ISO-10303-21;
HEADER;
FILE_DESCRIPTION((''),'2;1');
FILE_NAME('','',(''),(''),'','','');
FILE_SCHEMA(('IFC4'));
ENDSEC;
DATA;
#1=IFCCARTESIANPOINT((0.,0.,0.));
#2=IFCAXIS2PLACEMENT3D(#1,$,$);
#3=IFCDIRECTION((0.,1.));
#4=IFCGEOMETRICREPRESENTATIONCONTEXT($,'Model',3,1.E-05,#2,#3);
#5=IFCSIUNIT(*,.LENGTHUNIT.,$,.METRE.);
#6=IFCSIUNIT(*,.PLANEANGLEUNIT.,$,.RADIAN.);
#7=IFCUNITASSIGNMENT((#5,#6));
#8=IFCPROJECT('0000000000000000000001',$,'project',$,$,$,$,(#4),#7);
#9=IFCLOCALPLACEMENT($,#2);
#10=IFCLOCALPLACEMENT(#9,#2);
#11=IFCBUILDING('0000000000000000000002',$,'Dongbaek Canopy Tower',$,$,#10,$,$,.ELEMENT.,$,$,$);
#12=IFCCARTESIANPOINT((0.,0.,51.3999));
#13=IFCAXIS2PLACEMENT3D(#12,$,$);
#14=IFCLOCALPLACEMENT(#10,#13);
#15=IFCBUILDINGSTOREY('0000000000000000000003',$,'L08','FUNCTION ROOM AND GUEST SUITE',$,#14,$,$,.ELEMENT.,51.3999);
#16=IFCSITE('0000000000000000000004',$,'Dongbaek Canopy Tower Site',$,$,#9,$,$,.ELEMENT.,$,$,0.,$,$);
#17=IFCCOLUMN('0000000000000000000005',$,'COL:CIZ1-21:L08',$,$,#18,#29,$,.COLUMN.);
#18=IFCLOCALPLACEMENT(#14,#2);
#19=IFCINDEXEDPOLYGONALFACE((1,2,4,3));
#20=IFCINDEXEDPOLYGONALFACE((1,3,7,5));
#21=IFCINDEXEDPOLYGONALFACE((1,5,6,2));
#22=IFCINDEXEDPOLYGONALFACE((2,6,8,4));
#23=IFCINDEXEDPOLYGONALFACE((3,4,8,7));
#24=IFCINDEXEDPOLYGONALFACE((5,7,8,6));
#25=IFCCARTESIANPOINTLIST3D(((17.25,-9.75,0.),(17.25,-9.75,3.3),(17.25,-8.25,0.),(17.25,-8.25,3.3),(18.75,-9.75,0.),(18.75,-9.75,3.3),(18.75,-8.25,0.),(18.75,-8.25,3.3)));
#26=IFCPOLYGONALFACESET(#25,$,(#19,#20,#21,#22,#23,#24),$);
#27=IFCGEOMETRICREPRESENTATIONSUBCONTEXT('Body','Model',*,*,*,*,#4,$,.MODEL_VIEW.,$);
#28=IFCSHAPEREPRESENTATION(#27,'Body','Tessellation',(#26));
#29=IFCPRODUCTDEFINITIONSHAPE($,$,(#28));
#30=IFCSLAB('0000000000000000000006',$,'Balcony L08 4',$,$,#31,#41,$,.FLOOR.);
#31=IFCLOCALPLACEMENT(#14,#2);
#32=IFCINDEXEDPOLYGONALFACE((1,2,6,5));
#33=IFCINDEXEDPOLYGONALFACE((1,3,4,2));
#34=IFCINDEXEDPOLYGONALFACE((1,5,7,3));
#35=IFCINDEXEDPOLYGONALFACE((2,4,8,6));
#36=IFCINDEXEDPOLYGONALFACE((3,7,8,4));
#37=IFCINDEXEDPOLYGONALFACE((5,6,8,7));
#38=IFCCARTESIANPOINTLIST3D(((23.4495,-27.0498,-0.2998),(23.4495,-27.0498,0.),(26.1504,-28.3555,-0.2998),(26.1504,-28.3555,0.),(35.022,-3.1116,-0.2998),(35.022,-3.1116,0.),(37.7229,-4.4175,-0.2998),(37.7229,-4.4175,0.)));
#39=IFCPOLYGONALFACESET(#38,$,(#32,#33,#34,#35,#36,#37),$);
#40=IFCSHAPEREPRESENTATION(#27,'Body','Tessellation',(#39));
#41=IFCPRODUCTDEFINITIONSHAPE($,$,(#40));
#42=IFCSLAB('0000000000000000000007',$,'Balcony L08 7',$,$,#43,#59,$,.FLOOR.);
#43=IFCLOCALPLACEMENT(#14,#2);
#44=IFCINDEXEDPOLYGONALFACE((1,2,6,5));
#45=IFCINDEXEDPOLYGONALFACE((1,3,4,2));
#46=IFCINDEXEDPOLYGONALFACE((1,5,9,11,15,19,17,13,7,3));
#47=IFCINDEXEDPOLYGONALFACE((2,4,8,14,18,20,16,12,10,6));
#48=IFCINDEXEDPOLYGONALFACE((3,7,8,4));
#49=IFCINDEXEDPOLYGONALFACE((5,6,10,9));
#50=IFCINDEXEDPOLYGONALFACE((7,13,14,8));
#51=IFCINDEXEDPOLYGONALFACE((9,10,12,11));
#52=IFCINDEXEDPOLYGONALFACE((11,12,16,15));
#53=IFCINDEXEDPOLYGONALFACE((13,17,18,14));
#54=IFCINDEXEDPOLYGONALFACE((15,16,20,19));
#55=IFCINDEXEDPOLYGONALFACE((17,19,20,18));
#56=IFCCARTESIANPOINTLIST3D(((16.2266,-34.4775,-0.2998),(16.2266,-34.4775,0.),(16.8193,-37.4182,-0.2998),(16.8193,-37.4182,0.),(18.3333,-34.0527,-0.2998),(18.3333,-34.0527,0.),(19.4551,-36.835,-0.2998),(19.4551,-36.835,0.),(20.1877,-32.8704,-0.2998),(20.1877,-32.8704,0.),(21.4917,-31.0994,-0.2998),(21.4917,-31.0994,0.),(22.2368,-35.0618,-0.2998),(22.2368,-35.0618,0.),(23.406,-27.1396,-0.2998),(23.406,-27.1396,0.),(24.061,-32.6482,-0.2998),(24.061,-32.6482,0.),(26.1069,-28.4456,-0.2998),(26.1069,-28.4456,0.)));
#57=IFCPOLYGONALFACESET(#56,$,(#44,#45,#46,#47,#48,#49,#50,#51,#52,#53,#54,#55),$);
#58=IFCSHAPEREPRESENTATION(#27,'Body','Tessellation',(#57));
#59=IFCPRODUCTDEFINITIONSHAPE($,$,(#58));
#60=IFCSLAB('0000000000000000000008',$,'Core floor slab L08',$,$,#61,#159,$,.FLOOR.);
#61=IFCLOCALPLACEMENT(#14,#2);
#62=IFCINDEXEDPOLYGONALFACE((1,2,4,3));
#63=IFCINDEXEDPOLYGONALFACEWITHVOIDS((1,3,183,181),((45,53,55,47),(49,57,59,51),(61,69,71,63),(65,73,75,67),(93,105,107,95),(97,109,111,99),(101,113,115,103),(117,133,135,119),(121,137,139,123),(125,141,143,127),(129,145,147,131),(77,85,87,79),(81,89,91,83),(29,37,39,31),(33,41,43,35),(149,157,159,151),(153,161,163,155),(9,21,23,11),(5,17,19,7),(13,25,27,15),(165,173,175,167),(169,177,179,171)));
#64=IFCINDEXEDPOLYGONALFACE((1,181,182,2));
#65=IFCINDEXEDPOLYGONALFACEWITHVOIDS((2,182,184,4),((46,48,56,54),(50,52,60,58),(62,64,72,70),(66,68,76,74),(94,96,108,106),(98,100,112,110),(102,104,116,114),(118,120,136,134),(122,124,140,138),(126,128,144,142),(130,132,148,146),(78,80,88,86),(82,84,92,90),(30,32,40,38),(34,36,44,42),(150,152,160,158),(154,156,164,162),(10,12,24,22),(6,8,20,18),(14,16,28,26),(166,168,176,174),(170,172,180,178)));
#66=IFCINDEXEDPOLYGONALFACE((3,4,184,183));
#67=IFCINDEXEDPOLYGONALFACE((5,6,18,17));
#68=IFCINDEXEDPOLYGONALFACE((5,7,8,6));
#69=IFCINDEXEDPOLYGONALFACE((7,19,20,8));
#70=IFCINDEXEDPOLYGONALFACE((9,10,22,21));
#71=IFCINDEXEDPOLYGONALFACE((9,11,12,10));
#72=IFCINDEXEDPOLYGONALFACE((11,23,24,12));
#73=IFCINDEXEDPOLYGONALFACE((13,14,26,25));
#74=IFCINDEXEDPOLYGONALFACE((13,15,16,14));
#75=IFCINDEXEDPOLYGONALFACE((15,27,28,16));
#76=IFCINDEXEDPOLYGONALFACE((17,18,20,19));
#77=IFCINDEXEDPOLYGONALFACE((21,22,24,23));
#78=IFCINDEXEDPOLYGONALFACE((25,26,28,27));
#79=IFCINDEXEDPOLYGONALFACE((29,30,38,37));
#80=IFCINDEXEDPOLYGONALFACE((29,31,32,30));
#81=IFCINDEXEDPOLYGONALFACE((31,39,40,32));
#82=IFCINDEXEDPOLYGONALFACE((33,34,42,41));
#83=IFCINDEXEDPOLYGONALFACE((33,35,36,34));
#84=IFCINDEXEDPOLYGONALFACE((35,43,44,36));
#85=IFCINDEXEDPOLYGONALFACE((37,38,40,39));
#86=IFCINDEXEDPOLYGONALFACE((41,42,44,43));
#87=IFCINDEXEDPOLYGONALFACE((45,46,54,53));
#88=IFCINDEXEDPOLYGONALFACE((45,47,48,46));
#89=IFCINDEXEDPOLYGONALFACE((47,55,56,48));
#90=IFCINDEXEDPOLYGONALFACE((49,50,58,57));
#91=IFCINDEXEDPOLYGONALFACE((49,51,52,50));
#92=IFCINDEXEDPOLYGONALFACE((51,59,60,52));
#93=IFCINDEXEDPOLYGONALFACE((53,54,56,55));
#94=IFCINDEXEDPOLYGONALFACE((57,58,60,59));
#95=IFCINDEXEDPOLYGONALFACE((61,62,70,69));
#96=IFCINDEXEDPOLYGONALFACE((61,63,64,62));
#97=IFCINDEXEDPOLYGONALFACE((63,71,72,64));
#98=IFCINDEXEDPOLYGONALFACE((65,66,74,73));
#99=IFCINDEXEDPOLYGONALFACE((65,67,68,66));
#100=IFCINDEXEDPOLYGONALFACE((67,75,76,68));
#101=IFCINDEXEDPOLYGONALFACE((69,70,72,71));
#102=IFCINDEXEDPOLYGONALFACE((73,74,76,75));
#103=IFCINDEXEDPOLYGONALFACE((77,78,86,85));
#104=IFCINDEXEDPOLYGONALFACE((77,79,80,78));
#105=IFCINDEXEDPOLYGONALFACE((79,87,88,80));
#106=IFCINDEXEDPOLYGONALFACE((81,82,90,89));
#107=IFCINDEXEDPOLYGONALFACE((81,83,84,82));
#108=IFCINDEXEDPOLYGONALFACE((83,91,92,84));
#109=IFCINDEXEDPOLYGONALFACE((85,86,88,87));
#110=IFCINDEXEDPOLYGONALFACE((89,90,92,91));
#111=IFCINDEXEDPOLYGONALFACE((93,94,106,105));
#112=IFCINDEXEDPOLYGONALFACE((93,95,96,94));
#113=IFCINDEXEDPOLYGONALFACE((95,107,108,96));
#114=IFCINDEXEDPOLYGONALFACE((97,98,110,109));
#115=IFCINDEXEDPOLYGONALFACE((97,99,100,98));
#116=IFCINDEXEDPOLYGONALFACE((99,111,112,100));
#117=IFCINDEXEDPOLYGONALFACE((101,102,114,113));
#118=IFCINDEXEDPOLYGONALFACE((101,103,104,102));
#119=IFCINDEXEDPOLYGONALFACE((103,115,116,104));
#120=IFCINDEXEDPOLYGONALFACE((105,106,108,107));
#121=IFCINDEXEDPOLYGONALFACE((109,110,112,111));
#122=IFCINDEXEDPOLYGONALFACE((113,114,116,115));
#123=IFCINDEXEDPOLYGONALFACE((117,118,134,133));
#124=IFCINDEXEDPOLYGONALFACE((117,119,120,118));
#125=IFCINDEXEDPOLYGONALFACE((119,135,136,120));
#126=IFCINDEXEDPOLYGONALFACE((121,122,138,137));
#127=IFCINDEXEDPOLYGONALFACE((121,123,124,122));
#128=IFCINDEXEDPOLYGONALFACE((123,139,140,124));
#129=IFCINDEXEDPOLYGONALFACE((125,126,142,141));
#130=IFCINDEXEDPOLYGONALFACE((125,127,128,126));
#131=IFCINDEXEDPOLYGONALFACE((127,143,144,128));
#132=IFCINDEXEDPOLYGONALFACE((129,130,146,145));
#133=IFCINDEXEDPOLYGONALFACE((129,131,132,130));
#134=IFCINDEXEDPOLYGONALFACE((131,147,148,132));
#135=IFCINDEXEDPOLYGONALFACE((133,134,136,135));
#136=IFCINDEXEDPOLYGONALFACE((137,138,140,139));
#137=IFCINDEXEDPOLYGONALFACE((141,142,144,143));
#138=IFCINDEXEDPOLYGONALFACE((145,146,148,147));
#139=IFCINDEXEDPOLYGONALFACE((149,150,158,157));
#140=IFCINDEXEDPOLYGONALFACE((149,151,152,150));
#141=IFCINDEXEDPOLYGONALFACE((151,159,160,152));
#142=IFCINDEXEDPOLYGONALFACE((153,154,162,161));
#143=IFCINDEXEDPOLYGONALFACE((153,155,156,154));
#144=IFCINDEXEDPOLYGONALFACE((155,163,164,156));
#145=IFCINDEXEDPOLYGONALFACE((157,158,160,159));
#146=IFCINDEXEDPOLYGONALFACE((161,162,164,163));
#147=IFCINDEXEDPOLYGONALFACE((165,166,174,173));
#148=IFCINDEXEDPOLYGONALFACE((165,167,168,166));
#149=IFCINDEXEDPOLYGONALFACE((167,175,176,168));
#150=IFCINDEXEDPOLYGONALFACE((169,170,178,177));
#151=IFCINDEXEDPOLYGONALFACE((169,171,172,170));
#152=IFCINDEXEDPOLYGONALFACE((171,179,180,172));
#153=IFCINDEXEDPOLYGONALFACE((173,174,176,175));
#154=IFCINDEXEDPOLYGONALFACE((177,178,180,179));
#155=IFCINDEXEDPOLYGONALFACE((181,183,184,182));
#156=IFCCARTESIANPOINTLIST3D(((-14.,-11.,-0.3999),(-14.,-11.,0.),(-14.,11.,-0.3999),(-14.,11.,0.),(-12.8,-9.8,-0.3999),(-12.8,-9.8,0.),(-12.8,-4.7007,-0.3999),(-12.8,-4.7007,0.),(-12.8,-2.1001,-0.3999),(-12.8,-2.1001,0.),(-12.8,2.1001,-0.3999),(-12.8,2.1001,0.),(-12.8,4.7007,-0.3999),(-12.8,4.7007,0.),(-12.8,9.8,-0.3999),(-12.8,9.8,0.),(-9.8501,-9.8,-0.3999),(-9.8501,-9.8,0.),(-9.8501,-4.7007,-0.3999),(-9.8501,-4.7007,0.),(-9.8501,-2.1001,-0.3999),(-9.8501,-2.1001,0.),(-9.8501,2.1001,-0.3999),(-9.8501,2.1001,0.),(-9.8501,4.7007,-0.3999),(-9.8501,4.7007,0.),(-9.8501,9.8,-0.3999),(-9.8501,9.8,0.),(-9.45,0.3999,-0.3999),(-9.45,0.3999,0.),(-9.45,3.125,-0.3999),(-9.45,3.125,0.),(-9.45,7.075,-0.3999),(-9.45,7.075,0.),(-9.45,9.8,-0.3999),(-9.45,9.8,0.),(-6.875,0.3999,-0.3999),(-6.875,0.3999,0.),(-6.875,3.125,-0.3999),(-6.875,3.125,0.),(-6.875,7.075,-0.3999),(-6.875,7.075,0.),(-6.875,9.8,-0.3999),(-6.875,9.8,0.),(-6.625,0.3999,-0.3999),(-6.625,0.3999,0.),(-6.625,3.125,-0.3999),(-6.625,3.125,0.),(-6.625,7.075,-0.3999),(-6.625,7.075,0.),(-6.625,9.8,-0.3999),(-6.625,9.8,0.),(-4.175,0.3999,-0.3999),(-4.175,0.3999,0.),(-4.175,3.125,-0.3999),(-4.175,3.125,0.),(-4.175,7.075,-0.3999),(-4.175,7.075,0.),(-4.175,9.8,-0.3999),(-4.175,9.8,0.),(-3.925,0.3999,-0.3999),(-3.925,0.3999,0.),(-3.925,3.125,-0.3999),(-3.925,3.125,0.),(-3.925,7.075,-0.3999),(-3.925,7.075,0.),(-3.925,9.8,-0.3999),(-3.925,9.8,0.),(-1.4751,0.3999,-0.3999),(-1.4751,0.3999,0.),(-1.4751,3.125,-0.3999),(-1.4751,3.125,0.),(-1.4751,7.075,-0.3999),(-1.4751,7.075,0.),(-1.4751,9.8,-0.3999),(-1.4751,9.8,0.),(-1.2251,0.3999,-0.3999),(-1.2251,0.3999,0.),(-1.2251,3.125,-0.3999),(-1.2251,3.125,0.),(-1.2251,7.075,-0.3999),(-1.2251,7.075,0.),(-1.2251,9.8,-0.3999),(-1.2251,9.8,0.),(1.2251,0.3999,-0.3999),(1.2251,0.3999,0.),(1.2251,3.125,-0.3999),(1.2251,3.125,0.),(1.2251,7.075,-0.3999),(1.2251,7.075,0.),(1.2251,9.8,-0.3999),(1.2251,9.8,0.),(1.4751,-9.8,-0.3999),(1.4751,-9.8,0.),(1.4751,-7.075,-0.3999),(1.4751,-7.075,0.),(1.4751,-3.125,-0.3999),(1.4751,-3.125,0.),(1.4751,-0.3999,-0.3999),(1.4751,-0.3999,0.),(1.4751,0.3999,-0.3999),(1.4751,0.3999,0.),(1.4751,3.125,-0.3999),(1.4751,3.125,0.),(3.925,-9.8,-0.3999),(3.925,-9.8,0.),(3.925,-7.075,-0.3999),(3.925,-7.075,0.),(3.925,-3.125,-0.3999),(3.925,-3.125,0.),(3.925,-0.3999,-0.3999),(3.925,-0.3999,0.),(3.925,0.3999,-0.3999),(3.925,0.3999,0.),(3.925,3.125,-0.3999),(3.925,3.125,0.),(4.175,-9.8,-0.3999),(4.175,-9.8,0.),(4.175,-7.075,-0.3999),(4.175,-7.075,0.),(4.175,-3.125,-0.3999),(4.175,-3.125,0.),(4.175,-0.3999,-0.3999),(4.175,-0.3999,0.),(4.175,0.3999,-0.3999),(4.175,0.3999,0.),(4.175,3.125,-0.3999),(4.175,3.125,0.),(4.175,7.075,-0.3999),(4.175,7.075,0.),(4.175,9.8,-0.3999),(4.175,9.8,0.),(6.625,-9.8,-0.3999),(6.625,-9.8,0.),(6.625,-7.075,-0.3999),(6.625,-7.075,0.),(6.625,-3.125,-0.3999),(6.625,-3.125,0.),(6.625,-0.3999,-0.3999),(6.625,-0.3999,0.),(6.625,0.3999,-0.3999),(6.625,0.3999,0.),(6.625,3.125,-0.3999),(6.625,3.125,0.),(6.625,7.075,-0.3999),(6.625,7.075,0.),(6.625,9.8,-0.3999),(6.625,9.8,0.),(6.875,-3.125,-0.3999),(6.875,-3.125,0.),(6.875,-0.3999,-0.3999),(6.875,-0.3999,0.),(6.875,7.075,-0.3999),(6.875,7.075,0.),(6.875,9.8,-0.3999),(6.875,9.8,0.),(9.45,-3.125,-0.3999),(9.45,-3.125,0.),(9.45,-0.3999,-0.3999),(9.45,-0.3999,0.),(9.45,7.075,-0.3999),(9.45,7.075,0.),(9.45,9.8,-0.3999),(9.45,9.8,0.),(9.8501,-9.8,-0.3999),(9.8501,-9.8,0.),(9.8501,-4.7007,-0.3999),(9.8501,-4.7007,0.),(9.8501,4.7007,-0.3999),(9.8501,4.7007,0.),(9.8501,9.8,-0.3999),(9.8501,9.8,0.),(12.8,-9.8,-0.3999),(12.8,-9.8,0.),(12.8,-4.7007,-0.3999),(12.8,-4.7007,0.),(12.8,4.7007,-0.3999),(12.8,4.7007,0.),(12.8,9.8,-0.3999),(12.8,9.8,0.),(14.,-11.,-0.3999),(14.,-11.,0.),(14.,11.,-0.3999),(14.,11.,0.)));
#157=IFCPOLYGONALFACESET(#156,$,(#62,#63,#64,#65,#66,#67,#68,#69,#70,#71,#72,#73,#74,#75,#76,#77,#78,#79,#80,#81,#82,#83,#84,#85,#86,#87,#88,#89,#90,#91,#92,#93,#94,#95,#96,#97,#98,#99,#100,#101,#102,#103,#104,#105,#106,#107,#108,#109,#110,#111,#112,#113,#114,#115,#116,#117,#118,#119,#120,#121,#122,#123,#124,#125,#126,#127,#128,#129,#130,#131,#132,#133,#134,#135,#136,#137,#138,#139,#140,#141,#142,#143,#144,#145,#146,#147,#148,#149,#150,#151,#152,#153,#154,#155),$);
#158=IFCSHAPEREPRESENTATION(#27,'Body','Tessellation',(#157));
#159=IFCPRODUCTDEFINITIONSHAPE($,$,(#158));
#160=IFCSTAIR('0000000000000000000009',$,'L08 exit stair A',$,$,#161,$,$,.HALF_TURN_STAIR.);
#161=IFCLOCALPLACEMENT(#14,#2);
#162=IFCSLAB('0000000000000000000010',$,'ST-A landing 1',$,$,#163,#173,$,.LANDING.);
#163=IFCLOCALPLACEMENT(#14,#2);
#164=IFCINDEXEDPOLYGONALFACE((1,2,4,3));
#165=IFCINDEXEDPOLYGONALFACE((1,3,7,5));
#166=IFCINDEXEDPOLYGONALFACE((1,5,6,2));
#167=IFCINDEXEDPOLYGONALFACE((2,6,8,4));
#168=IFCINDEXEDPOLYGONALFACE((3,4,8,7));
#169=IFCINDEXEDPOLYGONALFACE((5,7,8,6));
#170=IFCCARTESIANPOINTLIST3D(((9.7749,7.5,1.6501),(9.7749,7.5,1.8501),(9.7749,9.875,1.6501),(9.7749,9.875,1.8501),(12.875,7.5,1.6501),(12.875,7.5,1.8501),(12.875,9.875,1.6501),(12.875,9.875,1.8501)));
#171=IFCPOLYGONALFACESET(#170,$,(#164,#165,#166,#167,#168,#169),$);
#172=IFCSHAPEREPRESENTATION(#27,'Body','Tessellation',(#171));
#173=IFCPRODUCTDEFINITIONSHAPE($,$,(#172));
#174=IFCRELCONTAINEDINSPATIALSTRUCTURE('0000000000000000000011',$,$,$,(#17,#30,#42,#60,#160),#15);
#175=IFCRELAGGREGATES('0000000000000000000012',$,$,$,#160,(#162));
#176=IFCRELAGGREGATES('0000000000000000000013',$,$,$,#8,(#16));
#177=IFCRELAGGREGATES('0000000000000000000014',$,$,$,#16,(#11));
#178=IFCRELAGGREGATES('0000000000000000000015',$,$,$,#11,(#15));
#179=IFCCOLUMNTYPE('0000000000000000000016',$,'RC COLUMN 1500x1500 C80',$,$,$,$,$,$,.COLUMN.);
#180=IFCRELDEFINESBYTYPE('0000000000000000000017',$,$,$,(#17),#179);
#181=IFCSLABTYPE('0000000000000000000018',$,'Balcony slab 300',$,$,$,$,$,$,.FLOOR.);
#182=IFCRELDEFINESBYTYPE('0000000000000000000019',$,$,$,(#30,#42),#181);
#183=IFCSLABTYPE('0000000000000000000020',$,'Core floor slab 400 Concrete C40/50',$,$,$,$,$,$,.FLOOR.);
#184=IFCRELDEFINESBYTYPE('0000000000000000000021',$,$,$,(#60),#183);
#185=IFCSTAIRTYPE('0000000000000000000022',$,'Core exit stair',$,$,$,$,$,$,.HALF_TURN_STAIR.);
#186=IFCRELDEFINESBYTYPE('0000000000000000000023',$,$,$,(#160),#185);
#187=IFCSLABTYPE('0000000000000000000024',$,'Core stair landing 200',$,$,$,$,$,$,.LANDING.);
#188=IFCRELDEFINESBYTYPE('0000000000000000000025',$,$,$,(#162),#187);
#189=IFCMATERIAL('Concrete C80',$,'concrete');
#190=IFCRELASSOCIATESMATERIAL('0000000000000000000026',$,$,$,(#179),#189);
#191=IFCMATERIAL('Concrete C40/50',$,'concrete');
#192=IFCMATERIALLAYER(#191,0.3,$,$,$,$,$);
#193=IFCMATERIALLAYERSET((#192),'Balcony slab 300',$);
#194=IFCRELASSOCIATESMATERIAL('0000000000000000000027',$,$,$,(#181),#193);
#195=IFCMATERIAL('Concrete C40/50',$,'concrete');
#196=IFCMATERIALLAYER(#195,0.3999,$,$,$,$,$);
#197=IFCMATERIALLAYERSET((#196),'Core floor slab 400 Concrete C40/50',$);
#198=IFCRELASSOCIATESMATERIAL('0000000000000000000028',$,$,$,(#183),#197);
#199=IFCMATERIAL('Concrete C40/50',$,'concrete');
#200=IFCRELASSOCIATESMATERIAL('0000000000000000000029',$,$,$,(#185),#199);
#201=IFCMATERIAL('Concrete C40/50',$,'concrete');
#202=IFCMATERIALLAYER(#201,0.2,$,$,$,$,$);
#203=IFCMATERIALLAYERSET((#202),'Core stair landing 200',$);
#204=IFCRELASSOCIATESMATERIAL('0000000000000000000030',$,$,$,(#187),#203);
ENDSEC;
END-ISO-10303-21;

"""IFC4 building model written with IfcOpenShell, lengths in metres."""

from ifc_helpers import new_model, si_unit, direction, frame, origin, origin_2d, place, context, subcontext, project, spatial, polyline, rectangle, outline, extrude, material, layer, layer_set, material_profile, profile_set, type_object, element, aggregate, save


model = new_model("IFC4")

# Units and contexts
model_context = context("Model", 3, precision=1e-05, world=origin(), true_north=direction((0.0, 1.0)))
body_context = subcontext(model_context, "Body", "Model", "MODEL_VIEW")
ifc_project = project(units=[si_unit("LENGTHUNIT", "METRE"), si_unit("PLANEANGLEUNIT", "RADIAN")], contexts=[model_context])

# Site, building, storey
site_placement = place(None, origin())
site = spatial("IfcSite", under=ifc_project, at=site_placement, Name="Dongbaek Canopy Tower Site", CompositionType="ELEMENT", RefElevation=0.0)
building_placement = place(site_placement, origin())
building = spatial("IfcBuilding", under=site, at=building_placement, Name="Dongbaek Canopy Tower", CompositionType="ELEMENT")
storey_placement = place(building_placement, frame((0.0, 0.0, 51.3999)))
storey = spatial("IfcBuildingStorey", under=building, at=storey_placement, Name="L08", Description="FUNCTION ROOM AND GUEST SUITE", CompositionType="ELEMENT", Elevation=51.3999)

# Column
ifc_material_1 = material(Name="Concrete C80", Category="concrete")
ifc_material_profile = material_profile(ifc_material_1, rectangle(XDim=1.5, YDim=1.5, at=origin_2d()), Name="RC COLUMN 1500x1500 C80")
ifc_profile_set = profile_set([ifc_material_profile], Name="Concrete C80")
column_type = type_object("IfcColumnType", Name="RC COLUMN 1500x1500 C80", PredefinedType="COLUMN", material=ifc_profile_set)
column_placement = place(storey_placement, frame((18.0, -9.0, 0.0), z_axis=(0.0, 0.0, 1.0), x_axis=(1.0, 0.0, 0.0)))
element("IfcColumn", 1, at=column_placement, inside=storey, type_object=column_type, Name="COL:CIZ1-21:L08", PredefinedType="COLUMN", context=body_context, shape_type="SweptSolid", body=[
    extrude(rectangle(XDim=1.5, YDim=1.5, at=origin_2d()), origin(), (0.0, 0.0, 1.0), 3.3),
])

# Slabs
ifc_material_2 = material(Name="Concrete C40/50", Category="concrete")
ifc_layer_1 = layer(ifc_material_2, 0.3)
ifc_layer_set_1 = layer_set([ifc_layer_1], Name="Balcony slab 300")
slab_type_1 = type_object("IfcSlabType", Name="Balcony slab 300", PredefinedType="FLOOR", material=ifc_layer_set_1)
slab_1_placement = place(storey_placement, frame((0.0, 0.0, -0.2998)))
element("IfcSlab", 2, at=slab_1_placement, inside=storey, type_object=slab_type_1, Name="Balcony L08 4", PredefinedType="FLOOR", context=body_context, shape_type="SweptSolid", body=[
    extrude(outline(polyline([(23.4495, -27.0498), (35.022, -3.1116), (37.7229, -4.4175), (26.1504, -28.3555), (23.4495, -27.0498)])), origin(), (0.0, 0.0, 1.0), 0.2998),
])
slab_2_placement = place(storey_placement, frame((0.0, 0.0, -0.2998)))
element("IfcSlab", 3, at=slab_2_placement, inside=storey, type_object=slab_type_1, Name="Balcony L08 7", PredefinedType="FLOOR", context=body_context, shape_type="SweptSolid", body=[
    extrude(outline(polyline([(16.2266, -34.4775), (18.3333, -34.0527), (20.1877, -32.8704), (21.4917, -31.0994), (23.406, -27.1396), (26.1069, -28.4456), (24.061, -32.6482), (22.2368, -35.0618), (19.4551, -36.835), (16.8193, -37.4182), (16.2266, -34.4775)])), origin(), (0.0, 0.0, 1.0), 0.2998),
])
ifc_material_3 = material(Name="Concrete C40/50", Category="concrete")
ifc_layer_2 = layer(ifc_material_3, 0.3999)
ifc_layer_set_2 = layer_set([ifc_layer_2], Name="Core floor slab 400 Concrete C40/50")
slab_type_2 = type_object("IfcSlabType", Name="Core floor slab 400 Concrete C40/50", PredefinedType="FLOOR", material=ifc_layer_set_2)
slab_3_placement = place(storey_placement, frame((0.0, 0.0, -0.3999)))
element("IfcSlab", 4, at=slab_3_placement, inside=storey, type_object=slab_type_2, Name="Core floor slab L08", PredefinedType="FLOOR", context=body_context, shape_type="SweptSolid", body=[
    extrude(outline(polyline([(14.0, -11.0), (14.0, 11.0), (-14.0, 11.0), (-14.0, -11.0), (14.0, -11.0)]), holes=[polyline([(-12.8, 2.1001), (-9.8501, 2.1001), (-9.8501, -2.1001), (-12.8, -2.1001), (-12.8, 2.1001)]), polyline([(-6.875, 9.8), (-6.875, 7.075), (-9.45, 7.075), (-9.45, 9.8), (-6.875, 9.8)]), polyline([(-4.175, 9.8), (-4.175, 7.075), (-6.625, 7.075), (-6.625, 9.8), (-4.175, 9.8)]), polyline([(-1.4751, 9.8), (-1.4751, 7.075), (-3.925, 7.075), (-3.925, 9.8), (-1.4751, 9.8)]), polyline([(1.2251, 9.8), (1.2251, 7.075), (-1.2251, 7.075), (-1.2251, 9.8), (1.2251, 9.8)]), polyline([(6.625, 9.8), (6.625, 7.075), (4.175, 7.075), (4.175, 9.8), (6.625, 9.8)]), polyline([(9.45, 7.075), (6.875, 7.075), (6.875, 9.8), (9.45, 9.8), (9.45, 7.075)]), polyline([(-9.45, 3.125), (-6.875, 3.125), (-6.875, 0.3999), (-9.45, 0.3999), (-9.45, 3.125)]), polyline([(-6.625, 3.125), (-4.175, 3.125), (-4.175, 0.3999), (-6.625, 0.3999), (-6.625, 3.125)]), polyline([(-3.925, 3.125), (-1.4751, 3.125), (-1.4751, 0.3999), (-3.925, 0.3999), (-3.925, 3.125)]), polyline([(-1.2251, 3.125), (1.2251, 3.125), (1.2251, 0.3999), (-1.2251, 0.3999), (-1.2251, 3.125)]), polyline([(1.4751, 0.3999), (1.4751, 3.125), (3.925, 3.125), (3.925, 0.3999), (1.4751, 0.3999)]), polyline([(4.175, 0.3999), (4.175, 3.125), (6.625, 3.125), (6.625, 0.3999), (4.175, 0.3999)]), polyline([(3.925, -0.3999), (3.925, -3.125), (1.4751, -3.125), (1.4751, -0.3999), (3.925, -0.3999)]), polyline([(6.625, -0.3999), (6.625, -3.125), (4.175, -3.125), (4.175, -0.3999), (6.625, -0.3999)]), polyline([(9.45, -3.125), (6.875, -3.125), (6.875, -0.3999), (9.45, -0.3999), (9.45, -3.125)]), polyline([(1.4751, -9.8), (1.4751, -7.075), (3.925, -7.075), (3.925, -9.8), (1.4751, -9.8)]), polyline([(4.175, -9.8), (4.175, -7.075), (6.625, -7.075), (6.625, -9.8), (4.175, -9.8)]), polyline([(12.8, 4.7007), (12.8, 9.8), (9.8501, 9.8), (9.8501, 4.7007), (12.8, 4.7007)]), polyline([(-9.8501, 4.7007), (-9.8501, 9.8), (-12.8, 9.8), (-12.8, 4.7007), (-9.8501, 4.7007)]), polyline([(9.8501, -4.7007), (9.8501, -9.8), (12.8, -9.8), (12.8, -4.7007), (9.8501, -4.7007)]), polyline([(-12.8, -4.7007), (-12.8, -9.8), (-9.8501, -9.8), (-9.8501, -4.7007), (-12.8, -4.7007)])]), origin(), (0.0, 0.0, 1.0), 0.3999),
])

# Stair, slab
ifc_material_4 = material(Name="Concrete C40/50", Category="concrete")
stair_type = type_object("IfcStairType", Name="Core exit stair", PredefinedType="HALF_TURN_STAIR", material=ifc_material_4)
stair_1_placement = place(storey_placement, origin())
stair_1 = element("IfcStair", 5, at=stair_1_placement, inside=storey, type_object=stair_type, Name="L08 exit stair A", PredefinedType="HALF_TURN_STAIR")
ifc_material_5 = material(Name="Concrete C40/50", Category="concrete")
ifc_layer_3 = layer(ifc_material_5, 0.2)
ifc_layer_set_3 = layer_set([ifc_layer_3], Name="Core stair landing 200")
slab_type_3 = type_object("IfcSlabType", Name="Core stair landing 200", PredefinedType="LANDING", material=ifc_layer_set_3)
slab_4_placement = place(storey_placement, frame((0.0, 0.0, 1.6501)))
slab_4 = element("IfcSlab", 6, at=slab_4_placement, type_object=slab_type_3, Name="ST-A landing 1", PredefinedType="LANDING", context=body_context, shape_type="SweptSolid", body=[
    extrude(outline(polyline([(12.875, 7.5), (12.875, 9.875), (9.7749, 9.875), (9.7749, 7.5), (12.875, 7.5)])), origin(), (0.0, 0.0, 1.0), 0.2),
])
aggregate(stair_1, [slab_4])

save(model, "model.ifc")
